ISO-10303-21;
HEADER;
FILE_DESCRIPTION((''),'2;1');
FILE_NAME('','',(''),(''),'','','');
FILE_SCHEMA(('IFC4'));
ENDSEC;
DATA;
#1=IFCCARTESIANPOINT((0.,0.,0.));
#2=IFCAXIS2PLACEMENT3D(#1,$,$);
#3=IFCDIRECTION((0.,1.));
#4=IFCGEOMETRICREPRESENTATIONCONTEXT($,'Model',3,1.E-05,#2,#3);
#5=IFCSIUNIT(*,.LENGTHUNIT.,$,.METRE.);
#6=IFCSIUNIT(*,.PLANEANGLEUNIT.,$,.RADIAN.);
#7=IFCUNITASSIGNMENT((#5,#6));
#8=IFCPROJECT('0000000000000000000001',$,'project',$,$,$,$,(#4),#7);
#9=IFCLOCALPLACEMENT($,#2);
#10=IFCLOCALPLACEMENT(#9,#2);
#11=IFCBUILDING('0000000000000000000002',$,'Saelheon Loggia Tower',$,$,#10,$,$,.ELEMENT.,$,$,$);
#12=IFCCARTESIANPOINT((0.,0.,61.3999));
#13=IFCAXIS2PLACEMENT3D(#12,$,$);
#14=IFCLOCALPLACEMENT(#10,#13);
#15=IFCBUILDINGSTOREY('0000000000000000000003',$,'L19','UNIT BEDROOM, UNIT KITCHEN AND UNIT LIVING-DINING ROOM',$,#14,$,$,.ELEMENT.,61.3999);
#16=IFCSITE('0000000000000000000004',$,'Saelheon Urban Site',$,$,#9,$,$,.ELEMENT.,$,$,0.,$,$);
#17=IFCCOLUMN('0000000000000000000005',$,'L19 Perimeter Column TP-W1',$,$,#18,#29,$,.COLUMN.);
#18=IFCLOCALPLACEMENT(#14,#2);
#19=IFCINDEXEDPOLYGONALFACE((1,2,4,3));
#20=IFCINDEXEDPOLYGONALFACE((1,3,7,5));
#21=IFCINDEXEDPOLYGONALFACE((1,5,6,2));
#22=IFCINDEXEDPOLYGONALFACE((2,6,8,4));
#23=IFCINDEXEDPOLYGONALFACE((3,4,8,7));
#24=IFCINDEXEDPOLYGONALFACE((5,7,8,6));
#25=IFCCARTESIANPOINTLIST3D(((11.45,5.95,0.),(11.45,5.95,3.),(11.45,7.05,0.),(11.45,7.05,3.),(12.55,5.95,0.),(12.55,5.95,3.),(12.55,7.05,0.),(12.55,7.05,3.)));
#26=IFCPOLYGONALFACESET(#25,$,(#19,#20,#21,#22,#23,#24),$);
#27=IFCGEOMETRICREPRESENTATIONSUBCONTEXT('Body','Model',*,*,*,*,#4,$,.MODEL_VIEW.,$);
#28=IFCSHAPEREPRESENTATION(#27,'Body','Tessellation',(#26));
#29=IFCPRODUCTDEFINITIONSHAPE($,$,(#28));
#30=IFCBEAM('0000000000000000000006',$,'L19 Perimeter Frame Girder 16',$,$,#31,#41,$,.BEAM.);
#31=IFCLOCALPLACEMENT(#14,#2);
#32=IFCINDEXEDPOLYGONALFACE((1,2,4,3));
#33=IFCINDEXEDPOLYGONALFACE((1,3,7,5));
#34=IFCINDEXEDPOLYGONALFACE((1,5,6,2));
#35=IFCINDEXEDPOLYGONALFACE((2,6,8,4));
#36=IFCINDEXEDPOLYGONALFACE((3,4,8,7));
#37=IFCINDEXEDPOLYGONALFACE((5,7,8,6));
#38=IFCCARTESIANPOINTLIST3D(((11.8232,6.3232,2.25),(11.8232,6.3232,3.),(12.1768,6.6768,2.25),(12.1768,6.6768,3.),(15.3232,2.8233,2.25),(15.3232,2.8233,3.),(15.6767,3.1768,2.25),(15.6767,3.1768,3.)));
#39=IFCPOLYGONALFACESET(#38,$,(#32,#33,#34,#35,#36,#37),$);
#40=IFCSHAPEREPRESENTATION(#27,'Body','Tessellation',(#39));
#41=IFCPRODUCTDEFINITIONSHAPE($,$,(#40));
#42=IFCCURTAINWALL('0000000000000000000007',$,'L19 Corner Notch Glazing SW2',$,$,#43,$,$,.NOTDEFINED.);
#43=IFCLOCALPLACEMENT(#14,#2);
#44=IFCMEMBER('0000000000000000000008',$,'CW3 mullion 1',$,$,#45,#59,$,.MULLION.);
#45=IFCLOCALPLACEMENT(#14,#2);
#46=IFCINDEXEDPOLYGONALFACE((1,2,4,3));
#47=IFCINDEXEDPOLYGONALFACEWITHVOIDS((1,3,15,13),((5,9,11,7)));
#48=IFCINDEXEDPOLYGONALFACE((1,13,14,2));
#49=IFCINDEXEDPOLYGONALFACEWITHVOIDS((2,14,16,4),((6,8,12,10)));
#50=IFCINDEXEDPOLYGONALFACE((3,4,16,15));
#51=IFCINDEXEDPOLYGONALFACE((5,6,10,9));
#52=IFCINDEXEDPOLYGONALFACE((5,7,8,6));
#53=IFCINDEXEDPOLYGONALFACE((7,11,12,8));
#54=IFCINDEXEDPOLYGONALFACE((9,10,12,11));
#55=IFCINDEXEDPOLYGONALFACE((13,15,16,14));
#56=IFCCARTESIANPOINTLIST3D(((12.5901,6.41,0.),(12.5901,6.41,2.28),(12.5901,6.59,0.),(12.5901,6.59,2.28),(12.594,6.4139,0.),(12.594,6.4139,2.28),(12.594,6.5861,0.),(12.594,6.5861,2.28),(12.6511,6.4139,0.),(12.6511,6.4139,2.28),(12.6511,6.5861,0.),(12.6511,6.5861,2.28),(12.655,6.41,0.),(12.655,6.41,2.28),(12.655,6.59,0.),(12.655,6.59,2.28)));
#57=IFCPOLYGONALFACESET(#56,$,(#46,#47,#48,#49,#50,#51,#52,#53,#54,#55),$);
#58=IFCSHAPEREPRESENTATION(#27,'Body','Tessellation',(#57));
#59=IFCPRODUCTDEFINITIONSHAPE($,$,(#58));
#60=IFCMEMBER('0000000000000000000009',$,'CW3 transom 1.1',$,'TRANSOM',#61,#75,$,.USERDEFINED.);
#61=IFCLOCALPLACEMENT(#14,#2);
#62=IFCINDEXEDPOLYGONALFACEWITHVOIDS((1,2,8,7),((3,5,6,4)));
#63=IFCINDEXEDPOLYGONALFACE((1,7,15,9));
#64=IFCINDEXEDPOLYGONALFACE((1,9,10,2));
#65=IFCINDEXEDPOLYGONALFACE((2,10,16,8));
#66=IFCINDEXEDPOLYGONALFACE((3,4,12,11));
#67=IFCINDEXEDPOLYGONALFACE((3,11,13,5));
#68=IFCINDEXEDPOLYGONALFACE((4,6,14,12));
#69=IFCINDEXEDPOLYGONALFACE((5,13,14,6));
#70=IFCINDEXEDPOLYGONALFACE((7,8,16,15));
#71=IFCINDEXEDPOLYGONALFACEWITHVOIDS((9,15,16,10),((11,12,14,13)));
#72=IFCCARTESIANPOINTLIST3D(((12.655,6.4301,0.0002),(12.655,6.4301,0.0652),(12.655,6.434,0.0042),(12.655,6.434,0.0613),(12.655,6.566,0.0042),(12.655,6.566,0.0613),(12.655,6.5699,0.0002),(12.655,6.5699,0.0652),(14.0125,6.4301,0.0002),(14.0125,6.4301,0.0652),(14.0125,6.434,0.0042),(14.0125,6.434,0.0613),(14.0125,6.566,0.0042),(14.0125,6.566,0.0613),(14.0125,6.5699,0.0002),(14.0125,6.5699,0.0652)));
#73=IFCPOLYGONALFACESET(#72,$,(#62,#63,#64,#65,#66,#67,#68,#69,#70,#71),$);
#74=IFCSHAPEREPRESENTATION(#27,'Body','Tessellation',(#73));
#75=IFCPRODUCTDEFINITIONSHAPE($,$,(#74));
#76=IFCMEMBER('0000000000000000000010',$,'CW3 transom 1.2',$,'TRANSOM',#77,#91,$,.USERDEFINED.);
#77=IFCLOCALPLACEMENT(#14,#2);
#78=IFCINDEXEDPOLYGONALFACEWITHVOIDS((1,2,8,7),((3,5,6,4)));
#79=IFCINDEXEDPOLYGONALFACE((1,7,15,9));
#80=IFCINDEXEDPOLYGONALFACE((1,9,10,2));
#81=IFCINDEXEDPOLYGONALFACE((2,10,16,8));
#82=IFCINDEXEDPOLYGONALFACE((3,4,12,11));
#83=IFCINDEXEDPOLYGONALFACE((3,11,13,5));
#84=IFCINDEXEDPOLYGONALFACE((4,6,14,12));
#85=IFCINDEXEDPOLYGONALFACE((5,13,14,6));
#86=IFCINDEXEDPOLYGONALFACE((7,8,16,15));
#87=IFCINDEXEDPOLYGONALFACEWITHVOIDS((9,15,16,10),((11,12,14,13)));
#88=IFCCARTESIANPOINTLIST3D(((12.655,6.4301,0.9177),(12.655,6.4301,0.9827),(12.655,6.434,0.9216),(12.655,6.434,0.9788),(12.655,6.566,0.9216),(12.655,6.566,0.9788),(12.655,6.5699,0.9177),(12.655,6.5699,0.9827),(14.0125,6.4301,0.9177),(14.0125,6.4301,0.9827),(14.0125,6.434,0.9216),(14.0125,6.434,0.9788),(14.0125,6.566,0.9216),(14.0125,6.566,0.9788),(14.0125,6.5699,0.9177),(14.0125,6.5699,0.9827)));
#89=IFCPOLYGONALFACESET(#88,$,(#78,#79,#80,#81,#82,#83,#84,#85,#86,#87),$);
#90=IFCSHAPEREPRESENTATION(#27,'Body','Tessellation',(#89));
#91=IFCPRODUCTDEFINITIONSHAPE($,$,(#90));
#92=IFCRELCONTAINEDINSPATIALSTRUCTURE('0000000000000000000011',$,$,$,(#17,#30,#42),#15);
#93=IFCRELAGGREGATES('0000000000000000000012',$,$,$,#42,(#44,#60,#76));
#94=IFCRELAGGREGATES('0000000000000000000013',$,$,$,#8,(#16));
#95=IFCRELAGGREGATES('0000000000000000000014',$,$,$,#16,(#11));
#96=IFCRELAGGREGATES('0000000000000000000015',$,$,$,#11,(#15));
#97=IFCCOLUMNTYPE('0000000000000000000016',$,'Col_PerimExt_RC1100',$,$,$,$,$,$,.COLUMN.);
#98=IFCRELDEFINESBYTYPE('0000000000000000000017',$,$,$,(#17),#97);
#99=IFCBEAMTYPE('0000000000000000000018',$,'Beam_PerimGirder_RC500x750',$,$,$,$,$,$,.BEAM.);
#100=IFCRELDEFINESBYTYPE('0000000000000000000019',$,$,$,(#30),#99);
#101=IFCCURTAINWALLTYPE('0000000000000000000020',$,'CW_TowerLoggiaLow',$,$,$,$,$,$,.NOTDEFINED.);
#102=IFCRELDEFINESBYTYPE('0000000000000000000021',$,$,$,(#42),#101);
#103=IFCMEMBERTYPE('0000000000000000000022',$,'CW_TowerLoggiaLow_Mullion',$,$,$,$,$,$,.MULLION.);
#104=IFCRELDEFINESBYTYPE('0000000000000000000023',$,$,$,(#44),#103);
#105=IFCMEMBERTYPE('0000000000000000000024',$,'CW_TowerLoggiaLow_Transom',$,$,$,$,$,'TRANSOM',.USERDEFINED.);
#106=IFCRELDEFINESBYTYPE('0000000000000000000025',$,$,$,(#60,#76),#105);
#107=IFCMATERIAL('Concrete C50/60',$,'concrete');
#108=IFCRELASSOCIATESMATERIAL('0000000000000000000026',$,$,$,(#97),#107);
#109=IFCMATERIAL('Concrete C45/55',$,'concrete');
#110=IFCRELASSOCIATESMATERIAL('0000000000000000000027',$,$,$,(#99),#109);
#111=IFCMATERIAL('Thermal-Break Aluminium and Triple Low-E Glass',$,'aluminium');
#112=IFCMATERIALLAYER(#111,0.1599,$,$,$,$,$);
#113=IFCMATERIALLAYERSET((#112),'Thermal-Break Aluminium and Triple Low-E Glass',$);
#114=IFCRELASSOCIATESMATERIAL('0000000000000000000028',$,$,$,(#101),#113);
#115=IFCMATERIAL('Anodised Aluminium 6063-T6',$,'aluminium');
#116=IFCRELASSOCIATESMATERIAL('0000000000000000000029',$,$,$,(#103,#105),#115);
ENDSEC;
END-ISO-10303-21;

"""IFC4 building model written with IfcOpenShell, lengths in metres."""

from ifc_helpers import new_model, si_unit, direction, frame, origin, origin_2d, place, context, subcontext, project, spatial, rectangle, hollow_rectangle, extrude, source, transform, mapped, material, layer, layer_set, material_profile, profile_set, type_object, element, aggregate, save


model = new_model("IFC4")

# Units and contexts
model_context = context("Model", 3, precision=1e-05, world=origin(), true_north=direction((0.0, 1.0)))
body_context = subcontext(model_context, "Body", "Model", "MODEL_VIEW")
ifc_project = project(units=[si_unit("LENGTHUNIT", "METRE"), si_unit("PLANEANGLEUNIT", "RADIAN")], contexts=[model_context])

# Site, building, storey
site_placement = place(None, origin())
site = spatial("IfcSite", under=ifc_project, at=site_placement, Name="Saelheon Urban Site", CompositionType="ELEMENT", RefElevation=0.0)
building_placement = place(site_placement, origin())
building = spatial("IfcBuilding", under=site, at=building_placement, Name="Saelheon Loggia Tower", CompositionType="ELEMENT")
storey_placement = place(building_placement, frame((0.0, 0.0, 61.3999)))
storey = spatial("IfcBuildingStorey", under=building, at=storey_placement, Name="L19", Description="UNIT BEDROOM, UNIT KITCHEN AND UNIT LIVING-DINING ROOM", CompositionType="ELEMENT", Elevation=61.3999)

# Column
ifc_material_1 = material(Name="Concrete C50/60", Category="concrete")
ifc_material_profile_1 = material_profile(ifc_material_1, rectangle(XDim=1.1001, YDim=1.1001, at=origin_2d()), Name="RC-1100x1100")
ifc_profile_set_1 = profile_set([ifc_material_profile_1], Name="Concrete C50/60")
column_type = type_object("IfcColumnType", Name="Col_PerimExt_RC1100", PredefinedType="COLUMN", material=ifc_profile_set_1)
shared_shape_1 = source(origin(), body_context, "Body", "SweptSolid", [
    extrude(rectangle(XDim=1.1001, YDim=1.1001, at=origin_2d()), origin(), (0.0, 0.0, 1.0), 3.0),
])
column_placement = place(storey_placement, frame((12.0, 6.5, 0.0), z_axis=(0.0, 0.0, 1.0), x_axis=(1.0, 0.0, 0.0)))
element("IfcColumn", 1, at=column_placement, inside=storey, type_object=column_type, Name="L19 Perimeter Column TP-W1", PredefinedType="COLUMN", context=body_context, shape_type="MappedRepresentation", body=[
    mapped(shared_shape_1, transform((0.0, 0.0, 0.0), scale=1.0)),
])

# Beam
ifc_material_2 = material(Name="Concrete C45/55", Category="concrete")
ifc_material_profile_2 = material_profile(ifc_material_2, rectangle(XDim=0.5, YDim=0.75, at=origin_2d()), Name="RC-500x750")
ifc_profile_set_2 = profile_set([ifc_material_profile_2], Name="Concrete C45/55")
beam_type = type_object("IfcBeamType", Name="Beam_PerimGirder_RC500x750", PredefinedType="BEAM", material=ifc_profile_set_2)
shared_shape_2 = source(origin(), body_context, "Body", "SweptSolid", [
    extrude(rectangle(XDim=0.5, YDim=0.75, at=origin_2d()), origin(), (0.0, 0.0, 1.0), 4.9497),
])
beam_placement = place(storey_placement, frame((12.0, 6.5, 2.625), z_axis=(0.707107, -0.707107, 0.0), x_axis=(0.707107, 0.707107, 0.0)))
element("IfcBeam", 2, at=beam_placement, inside=storey, type_object=beam_type, Name="L19 Perimeter Frame Girder 16", PredefinedType="BEAM", context=body_context, shape_type="MappedRepresentation", body=[
    mapped(shared_shape_2, transform((0.0, 0.0, 0.0), scale=1.0)),
])

# Curtain wall, members
ifc_material_3 = material(Name="Thermal-Break Aluminium and Triple Low-E Glass", Category="aluminium")
ifc_layer_1 = layer(ifc_material_3, 0.1599)
ifc_layer_set_1 = layer_set([ifc_layer_1], Name="Thermal-Break Aluminium and Triple Low-E Glass")
curtain_wall_type = type_object("IfcCurtainWallType", Name="CW_TowerLoggiaLow", PredefinedType="NOTDEFINED", material=ifc_layer_set_1)
curtain_wall_placement = place(storey_placement, origin())
curtain_wall = element("IfcCurtainWall", 3, at=curtain_wall_placement, inside=storey, type_object=curtain_wall_type, Name="L19 Corner Notch Glazing SW2", PredefinedType="NOTDEFINED")
ifc_material_4 = material(Name="Anodised Aluminium 6063-T6", Category="aluminium")
ifc_material_profile_3 = material_profile(ifc_material_4, hollow_rectangle(XDim=0.0649, YDim=0.1799, WallThickness=0.0039, at=origin_2d()), Name="RHS-180x65x4")
ifc_profile_set_3 = profile_set([ifc_material_profile_3], Name="Anodised Aluminium 6063-T6")
member_type_1 = type_object("IfcMemberType", Name="CW_TowerLoggiaLow_Mullion", PredefinedType="MULLION", material=ifc_profile_set_3)
shared_shape_3 = source(origin(), body_context, "Body", "SweptSolid", [
    extrude(hollow_rectangle(XDim=0.0649, YDim=0.1799, WallThickness=0.0039, at=origin_2d()), origin(), (0.0, 0.0, 1.0), 2.28),
])
member_1_placement = place(storey_placement, frame((12.6226, 6.5, 0.0), z_axis=(0.0, 0.0, 1.0), x_axis=(1.0, 0.0, 0.0)))
member_1 = element("IfcMember", 4, at=member_1_placement, type_object=member_type_1, Name="CW3 mullion 1", PredefinedType="MULLION", context=body_context, shape_type="MappedRepresentation", body=[
    mapped(shared_shape_3, transform((0.0, 0.0, 0.0), scale=1.0)),
])
ifc_material_profile_4 = material_profile(ifc_material_4, hollow_rectangle(XDim=0.0649, YDim=0.1399, WallThickness=0.0039, at=origin_2d()), Name="RHS-140x65x4")
ifc_profile_set_4 = profile_set([ifc_material_profile_4], Name="Anodised Aluminium 6063-T6")
member_type_2 = type_object("IfcMemberType", Name="CW_TowerLoggiaLow_Transom", ElementType="TRANSOM", PredefinedType="USERDEFINED", material=ifc_profile_set_4)
shared_shape_4 = source(origin(), body_context, "Body", "SweptSolid", [
    extrude(hollow_rectangle(XDim=0.0649, YDim=0.1399, WallThickness=0.0039, at=origin_2d()), origin(), (0.0, 0.0, 1.0), 1.3574),
])
member_2_placement = place(storey_placement, frame((12.655, 6.5, 0.0327), z_axis=(1.0, 0.0, 0.0), x_axis=(0.0, 0.0, 1.0)))
member_2 = element("IfcMember", 5, at=member_2_placement, type_object=member_type_2, Name="CW3 transom 1.1", ObjectType="TRANSOM", PredefinedType="USERDEFINED", context=body_context, shape_type="MappedRepresentation", body=[
    mapped(shared_shape_4, transform((0.0, 0.0, 0.0), scale=1.0)),
])
member_3_placement = place(storey_placement, frame((12.655, 6.5, 0.9502), z_axis=(1.0, 0.0, 0.0), x_axis=(0.0, 0.0, 1.0)))
member_3 = element("IfcMember", 6, at=member_3_placement, type_object=member_type_2, Name="CW3 transom 1.2", ObjectType="TRANSOM", PredefinedType="USERDEFINED", context=body_context, shape_type="MappedRepresentation", body=[
    mapped(shared_shape_4, transform((0.0, 0.0, 0.0), scale=1.0)),
])
aggregate(curtain_wall, [member_1, member_2, member_3])

save(model, "model.ifc")
